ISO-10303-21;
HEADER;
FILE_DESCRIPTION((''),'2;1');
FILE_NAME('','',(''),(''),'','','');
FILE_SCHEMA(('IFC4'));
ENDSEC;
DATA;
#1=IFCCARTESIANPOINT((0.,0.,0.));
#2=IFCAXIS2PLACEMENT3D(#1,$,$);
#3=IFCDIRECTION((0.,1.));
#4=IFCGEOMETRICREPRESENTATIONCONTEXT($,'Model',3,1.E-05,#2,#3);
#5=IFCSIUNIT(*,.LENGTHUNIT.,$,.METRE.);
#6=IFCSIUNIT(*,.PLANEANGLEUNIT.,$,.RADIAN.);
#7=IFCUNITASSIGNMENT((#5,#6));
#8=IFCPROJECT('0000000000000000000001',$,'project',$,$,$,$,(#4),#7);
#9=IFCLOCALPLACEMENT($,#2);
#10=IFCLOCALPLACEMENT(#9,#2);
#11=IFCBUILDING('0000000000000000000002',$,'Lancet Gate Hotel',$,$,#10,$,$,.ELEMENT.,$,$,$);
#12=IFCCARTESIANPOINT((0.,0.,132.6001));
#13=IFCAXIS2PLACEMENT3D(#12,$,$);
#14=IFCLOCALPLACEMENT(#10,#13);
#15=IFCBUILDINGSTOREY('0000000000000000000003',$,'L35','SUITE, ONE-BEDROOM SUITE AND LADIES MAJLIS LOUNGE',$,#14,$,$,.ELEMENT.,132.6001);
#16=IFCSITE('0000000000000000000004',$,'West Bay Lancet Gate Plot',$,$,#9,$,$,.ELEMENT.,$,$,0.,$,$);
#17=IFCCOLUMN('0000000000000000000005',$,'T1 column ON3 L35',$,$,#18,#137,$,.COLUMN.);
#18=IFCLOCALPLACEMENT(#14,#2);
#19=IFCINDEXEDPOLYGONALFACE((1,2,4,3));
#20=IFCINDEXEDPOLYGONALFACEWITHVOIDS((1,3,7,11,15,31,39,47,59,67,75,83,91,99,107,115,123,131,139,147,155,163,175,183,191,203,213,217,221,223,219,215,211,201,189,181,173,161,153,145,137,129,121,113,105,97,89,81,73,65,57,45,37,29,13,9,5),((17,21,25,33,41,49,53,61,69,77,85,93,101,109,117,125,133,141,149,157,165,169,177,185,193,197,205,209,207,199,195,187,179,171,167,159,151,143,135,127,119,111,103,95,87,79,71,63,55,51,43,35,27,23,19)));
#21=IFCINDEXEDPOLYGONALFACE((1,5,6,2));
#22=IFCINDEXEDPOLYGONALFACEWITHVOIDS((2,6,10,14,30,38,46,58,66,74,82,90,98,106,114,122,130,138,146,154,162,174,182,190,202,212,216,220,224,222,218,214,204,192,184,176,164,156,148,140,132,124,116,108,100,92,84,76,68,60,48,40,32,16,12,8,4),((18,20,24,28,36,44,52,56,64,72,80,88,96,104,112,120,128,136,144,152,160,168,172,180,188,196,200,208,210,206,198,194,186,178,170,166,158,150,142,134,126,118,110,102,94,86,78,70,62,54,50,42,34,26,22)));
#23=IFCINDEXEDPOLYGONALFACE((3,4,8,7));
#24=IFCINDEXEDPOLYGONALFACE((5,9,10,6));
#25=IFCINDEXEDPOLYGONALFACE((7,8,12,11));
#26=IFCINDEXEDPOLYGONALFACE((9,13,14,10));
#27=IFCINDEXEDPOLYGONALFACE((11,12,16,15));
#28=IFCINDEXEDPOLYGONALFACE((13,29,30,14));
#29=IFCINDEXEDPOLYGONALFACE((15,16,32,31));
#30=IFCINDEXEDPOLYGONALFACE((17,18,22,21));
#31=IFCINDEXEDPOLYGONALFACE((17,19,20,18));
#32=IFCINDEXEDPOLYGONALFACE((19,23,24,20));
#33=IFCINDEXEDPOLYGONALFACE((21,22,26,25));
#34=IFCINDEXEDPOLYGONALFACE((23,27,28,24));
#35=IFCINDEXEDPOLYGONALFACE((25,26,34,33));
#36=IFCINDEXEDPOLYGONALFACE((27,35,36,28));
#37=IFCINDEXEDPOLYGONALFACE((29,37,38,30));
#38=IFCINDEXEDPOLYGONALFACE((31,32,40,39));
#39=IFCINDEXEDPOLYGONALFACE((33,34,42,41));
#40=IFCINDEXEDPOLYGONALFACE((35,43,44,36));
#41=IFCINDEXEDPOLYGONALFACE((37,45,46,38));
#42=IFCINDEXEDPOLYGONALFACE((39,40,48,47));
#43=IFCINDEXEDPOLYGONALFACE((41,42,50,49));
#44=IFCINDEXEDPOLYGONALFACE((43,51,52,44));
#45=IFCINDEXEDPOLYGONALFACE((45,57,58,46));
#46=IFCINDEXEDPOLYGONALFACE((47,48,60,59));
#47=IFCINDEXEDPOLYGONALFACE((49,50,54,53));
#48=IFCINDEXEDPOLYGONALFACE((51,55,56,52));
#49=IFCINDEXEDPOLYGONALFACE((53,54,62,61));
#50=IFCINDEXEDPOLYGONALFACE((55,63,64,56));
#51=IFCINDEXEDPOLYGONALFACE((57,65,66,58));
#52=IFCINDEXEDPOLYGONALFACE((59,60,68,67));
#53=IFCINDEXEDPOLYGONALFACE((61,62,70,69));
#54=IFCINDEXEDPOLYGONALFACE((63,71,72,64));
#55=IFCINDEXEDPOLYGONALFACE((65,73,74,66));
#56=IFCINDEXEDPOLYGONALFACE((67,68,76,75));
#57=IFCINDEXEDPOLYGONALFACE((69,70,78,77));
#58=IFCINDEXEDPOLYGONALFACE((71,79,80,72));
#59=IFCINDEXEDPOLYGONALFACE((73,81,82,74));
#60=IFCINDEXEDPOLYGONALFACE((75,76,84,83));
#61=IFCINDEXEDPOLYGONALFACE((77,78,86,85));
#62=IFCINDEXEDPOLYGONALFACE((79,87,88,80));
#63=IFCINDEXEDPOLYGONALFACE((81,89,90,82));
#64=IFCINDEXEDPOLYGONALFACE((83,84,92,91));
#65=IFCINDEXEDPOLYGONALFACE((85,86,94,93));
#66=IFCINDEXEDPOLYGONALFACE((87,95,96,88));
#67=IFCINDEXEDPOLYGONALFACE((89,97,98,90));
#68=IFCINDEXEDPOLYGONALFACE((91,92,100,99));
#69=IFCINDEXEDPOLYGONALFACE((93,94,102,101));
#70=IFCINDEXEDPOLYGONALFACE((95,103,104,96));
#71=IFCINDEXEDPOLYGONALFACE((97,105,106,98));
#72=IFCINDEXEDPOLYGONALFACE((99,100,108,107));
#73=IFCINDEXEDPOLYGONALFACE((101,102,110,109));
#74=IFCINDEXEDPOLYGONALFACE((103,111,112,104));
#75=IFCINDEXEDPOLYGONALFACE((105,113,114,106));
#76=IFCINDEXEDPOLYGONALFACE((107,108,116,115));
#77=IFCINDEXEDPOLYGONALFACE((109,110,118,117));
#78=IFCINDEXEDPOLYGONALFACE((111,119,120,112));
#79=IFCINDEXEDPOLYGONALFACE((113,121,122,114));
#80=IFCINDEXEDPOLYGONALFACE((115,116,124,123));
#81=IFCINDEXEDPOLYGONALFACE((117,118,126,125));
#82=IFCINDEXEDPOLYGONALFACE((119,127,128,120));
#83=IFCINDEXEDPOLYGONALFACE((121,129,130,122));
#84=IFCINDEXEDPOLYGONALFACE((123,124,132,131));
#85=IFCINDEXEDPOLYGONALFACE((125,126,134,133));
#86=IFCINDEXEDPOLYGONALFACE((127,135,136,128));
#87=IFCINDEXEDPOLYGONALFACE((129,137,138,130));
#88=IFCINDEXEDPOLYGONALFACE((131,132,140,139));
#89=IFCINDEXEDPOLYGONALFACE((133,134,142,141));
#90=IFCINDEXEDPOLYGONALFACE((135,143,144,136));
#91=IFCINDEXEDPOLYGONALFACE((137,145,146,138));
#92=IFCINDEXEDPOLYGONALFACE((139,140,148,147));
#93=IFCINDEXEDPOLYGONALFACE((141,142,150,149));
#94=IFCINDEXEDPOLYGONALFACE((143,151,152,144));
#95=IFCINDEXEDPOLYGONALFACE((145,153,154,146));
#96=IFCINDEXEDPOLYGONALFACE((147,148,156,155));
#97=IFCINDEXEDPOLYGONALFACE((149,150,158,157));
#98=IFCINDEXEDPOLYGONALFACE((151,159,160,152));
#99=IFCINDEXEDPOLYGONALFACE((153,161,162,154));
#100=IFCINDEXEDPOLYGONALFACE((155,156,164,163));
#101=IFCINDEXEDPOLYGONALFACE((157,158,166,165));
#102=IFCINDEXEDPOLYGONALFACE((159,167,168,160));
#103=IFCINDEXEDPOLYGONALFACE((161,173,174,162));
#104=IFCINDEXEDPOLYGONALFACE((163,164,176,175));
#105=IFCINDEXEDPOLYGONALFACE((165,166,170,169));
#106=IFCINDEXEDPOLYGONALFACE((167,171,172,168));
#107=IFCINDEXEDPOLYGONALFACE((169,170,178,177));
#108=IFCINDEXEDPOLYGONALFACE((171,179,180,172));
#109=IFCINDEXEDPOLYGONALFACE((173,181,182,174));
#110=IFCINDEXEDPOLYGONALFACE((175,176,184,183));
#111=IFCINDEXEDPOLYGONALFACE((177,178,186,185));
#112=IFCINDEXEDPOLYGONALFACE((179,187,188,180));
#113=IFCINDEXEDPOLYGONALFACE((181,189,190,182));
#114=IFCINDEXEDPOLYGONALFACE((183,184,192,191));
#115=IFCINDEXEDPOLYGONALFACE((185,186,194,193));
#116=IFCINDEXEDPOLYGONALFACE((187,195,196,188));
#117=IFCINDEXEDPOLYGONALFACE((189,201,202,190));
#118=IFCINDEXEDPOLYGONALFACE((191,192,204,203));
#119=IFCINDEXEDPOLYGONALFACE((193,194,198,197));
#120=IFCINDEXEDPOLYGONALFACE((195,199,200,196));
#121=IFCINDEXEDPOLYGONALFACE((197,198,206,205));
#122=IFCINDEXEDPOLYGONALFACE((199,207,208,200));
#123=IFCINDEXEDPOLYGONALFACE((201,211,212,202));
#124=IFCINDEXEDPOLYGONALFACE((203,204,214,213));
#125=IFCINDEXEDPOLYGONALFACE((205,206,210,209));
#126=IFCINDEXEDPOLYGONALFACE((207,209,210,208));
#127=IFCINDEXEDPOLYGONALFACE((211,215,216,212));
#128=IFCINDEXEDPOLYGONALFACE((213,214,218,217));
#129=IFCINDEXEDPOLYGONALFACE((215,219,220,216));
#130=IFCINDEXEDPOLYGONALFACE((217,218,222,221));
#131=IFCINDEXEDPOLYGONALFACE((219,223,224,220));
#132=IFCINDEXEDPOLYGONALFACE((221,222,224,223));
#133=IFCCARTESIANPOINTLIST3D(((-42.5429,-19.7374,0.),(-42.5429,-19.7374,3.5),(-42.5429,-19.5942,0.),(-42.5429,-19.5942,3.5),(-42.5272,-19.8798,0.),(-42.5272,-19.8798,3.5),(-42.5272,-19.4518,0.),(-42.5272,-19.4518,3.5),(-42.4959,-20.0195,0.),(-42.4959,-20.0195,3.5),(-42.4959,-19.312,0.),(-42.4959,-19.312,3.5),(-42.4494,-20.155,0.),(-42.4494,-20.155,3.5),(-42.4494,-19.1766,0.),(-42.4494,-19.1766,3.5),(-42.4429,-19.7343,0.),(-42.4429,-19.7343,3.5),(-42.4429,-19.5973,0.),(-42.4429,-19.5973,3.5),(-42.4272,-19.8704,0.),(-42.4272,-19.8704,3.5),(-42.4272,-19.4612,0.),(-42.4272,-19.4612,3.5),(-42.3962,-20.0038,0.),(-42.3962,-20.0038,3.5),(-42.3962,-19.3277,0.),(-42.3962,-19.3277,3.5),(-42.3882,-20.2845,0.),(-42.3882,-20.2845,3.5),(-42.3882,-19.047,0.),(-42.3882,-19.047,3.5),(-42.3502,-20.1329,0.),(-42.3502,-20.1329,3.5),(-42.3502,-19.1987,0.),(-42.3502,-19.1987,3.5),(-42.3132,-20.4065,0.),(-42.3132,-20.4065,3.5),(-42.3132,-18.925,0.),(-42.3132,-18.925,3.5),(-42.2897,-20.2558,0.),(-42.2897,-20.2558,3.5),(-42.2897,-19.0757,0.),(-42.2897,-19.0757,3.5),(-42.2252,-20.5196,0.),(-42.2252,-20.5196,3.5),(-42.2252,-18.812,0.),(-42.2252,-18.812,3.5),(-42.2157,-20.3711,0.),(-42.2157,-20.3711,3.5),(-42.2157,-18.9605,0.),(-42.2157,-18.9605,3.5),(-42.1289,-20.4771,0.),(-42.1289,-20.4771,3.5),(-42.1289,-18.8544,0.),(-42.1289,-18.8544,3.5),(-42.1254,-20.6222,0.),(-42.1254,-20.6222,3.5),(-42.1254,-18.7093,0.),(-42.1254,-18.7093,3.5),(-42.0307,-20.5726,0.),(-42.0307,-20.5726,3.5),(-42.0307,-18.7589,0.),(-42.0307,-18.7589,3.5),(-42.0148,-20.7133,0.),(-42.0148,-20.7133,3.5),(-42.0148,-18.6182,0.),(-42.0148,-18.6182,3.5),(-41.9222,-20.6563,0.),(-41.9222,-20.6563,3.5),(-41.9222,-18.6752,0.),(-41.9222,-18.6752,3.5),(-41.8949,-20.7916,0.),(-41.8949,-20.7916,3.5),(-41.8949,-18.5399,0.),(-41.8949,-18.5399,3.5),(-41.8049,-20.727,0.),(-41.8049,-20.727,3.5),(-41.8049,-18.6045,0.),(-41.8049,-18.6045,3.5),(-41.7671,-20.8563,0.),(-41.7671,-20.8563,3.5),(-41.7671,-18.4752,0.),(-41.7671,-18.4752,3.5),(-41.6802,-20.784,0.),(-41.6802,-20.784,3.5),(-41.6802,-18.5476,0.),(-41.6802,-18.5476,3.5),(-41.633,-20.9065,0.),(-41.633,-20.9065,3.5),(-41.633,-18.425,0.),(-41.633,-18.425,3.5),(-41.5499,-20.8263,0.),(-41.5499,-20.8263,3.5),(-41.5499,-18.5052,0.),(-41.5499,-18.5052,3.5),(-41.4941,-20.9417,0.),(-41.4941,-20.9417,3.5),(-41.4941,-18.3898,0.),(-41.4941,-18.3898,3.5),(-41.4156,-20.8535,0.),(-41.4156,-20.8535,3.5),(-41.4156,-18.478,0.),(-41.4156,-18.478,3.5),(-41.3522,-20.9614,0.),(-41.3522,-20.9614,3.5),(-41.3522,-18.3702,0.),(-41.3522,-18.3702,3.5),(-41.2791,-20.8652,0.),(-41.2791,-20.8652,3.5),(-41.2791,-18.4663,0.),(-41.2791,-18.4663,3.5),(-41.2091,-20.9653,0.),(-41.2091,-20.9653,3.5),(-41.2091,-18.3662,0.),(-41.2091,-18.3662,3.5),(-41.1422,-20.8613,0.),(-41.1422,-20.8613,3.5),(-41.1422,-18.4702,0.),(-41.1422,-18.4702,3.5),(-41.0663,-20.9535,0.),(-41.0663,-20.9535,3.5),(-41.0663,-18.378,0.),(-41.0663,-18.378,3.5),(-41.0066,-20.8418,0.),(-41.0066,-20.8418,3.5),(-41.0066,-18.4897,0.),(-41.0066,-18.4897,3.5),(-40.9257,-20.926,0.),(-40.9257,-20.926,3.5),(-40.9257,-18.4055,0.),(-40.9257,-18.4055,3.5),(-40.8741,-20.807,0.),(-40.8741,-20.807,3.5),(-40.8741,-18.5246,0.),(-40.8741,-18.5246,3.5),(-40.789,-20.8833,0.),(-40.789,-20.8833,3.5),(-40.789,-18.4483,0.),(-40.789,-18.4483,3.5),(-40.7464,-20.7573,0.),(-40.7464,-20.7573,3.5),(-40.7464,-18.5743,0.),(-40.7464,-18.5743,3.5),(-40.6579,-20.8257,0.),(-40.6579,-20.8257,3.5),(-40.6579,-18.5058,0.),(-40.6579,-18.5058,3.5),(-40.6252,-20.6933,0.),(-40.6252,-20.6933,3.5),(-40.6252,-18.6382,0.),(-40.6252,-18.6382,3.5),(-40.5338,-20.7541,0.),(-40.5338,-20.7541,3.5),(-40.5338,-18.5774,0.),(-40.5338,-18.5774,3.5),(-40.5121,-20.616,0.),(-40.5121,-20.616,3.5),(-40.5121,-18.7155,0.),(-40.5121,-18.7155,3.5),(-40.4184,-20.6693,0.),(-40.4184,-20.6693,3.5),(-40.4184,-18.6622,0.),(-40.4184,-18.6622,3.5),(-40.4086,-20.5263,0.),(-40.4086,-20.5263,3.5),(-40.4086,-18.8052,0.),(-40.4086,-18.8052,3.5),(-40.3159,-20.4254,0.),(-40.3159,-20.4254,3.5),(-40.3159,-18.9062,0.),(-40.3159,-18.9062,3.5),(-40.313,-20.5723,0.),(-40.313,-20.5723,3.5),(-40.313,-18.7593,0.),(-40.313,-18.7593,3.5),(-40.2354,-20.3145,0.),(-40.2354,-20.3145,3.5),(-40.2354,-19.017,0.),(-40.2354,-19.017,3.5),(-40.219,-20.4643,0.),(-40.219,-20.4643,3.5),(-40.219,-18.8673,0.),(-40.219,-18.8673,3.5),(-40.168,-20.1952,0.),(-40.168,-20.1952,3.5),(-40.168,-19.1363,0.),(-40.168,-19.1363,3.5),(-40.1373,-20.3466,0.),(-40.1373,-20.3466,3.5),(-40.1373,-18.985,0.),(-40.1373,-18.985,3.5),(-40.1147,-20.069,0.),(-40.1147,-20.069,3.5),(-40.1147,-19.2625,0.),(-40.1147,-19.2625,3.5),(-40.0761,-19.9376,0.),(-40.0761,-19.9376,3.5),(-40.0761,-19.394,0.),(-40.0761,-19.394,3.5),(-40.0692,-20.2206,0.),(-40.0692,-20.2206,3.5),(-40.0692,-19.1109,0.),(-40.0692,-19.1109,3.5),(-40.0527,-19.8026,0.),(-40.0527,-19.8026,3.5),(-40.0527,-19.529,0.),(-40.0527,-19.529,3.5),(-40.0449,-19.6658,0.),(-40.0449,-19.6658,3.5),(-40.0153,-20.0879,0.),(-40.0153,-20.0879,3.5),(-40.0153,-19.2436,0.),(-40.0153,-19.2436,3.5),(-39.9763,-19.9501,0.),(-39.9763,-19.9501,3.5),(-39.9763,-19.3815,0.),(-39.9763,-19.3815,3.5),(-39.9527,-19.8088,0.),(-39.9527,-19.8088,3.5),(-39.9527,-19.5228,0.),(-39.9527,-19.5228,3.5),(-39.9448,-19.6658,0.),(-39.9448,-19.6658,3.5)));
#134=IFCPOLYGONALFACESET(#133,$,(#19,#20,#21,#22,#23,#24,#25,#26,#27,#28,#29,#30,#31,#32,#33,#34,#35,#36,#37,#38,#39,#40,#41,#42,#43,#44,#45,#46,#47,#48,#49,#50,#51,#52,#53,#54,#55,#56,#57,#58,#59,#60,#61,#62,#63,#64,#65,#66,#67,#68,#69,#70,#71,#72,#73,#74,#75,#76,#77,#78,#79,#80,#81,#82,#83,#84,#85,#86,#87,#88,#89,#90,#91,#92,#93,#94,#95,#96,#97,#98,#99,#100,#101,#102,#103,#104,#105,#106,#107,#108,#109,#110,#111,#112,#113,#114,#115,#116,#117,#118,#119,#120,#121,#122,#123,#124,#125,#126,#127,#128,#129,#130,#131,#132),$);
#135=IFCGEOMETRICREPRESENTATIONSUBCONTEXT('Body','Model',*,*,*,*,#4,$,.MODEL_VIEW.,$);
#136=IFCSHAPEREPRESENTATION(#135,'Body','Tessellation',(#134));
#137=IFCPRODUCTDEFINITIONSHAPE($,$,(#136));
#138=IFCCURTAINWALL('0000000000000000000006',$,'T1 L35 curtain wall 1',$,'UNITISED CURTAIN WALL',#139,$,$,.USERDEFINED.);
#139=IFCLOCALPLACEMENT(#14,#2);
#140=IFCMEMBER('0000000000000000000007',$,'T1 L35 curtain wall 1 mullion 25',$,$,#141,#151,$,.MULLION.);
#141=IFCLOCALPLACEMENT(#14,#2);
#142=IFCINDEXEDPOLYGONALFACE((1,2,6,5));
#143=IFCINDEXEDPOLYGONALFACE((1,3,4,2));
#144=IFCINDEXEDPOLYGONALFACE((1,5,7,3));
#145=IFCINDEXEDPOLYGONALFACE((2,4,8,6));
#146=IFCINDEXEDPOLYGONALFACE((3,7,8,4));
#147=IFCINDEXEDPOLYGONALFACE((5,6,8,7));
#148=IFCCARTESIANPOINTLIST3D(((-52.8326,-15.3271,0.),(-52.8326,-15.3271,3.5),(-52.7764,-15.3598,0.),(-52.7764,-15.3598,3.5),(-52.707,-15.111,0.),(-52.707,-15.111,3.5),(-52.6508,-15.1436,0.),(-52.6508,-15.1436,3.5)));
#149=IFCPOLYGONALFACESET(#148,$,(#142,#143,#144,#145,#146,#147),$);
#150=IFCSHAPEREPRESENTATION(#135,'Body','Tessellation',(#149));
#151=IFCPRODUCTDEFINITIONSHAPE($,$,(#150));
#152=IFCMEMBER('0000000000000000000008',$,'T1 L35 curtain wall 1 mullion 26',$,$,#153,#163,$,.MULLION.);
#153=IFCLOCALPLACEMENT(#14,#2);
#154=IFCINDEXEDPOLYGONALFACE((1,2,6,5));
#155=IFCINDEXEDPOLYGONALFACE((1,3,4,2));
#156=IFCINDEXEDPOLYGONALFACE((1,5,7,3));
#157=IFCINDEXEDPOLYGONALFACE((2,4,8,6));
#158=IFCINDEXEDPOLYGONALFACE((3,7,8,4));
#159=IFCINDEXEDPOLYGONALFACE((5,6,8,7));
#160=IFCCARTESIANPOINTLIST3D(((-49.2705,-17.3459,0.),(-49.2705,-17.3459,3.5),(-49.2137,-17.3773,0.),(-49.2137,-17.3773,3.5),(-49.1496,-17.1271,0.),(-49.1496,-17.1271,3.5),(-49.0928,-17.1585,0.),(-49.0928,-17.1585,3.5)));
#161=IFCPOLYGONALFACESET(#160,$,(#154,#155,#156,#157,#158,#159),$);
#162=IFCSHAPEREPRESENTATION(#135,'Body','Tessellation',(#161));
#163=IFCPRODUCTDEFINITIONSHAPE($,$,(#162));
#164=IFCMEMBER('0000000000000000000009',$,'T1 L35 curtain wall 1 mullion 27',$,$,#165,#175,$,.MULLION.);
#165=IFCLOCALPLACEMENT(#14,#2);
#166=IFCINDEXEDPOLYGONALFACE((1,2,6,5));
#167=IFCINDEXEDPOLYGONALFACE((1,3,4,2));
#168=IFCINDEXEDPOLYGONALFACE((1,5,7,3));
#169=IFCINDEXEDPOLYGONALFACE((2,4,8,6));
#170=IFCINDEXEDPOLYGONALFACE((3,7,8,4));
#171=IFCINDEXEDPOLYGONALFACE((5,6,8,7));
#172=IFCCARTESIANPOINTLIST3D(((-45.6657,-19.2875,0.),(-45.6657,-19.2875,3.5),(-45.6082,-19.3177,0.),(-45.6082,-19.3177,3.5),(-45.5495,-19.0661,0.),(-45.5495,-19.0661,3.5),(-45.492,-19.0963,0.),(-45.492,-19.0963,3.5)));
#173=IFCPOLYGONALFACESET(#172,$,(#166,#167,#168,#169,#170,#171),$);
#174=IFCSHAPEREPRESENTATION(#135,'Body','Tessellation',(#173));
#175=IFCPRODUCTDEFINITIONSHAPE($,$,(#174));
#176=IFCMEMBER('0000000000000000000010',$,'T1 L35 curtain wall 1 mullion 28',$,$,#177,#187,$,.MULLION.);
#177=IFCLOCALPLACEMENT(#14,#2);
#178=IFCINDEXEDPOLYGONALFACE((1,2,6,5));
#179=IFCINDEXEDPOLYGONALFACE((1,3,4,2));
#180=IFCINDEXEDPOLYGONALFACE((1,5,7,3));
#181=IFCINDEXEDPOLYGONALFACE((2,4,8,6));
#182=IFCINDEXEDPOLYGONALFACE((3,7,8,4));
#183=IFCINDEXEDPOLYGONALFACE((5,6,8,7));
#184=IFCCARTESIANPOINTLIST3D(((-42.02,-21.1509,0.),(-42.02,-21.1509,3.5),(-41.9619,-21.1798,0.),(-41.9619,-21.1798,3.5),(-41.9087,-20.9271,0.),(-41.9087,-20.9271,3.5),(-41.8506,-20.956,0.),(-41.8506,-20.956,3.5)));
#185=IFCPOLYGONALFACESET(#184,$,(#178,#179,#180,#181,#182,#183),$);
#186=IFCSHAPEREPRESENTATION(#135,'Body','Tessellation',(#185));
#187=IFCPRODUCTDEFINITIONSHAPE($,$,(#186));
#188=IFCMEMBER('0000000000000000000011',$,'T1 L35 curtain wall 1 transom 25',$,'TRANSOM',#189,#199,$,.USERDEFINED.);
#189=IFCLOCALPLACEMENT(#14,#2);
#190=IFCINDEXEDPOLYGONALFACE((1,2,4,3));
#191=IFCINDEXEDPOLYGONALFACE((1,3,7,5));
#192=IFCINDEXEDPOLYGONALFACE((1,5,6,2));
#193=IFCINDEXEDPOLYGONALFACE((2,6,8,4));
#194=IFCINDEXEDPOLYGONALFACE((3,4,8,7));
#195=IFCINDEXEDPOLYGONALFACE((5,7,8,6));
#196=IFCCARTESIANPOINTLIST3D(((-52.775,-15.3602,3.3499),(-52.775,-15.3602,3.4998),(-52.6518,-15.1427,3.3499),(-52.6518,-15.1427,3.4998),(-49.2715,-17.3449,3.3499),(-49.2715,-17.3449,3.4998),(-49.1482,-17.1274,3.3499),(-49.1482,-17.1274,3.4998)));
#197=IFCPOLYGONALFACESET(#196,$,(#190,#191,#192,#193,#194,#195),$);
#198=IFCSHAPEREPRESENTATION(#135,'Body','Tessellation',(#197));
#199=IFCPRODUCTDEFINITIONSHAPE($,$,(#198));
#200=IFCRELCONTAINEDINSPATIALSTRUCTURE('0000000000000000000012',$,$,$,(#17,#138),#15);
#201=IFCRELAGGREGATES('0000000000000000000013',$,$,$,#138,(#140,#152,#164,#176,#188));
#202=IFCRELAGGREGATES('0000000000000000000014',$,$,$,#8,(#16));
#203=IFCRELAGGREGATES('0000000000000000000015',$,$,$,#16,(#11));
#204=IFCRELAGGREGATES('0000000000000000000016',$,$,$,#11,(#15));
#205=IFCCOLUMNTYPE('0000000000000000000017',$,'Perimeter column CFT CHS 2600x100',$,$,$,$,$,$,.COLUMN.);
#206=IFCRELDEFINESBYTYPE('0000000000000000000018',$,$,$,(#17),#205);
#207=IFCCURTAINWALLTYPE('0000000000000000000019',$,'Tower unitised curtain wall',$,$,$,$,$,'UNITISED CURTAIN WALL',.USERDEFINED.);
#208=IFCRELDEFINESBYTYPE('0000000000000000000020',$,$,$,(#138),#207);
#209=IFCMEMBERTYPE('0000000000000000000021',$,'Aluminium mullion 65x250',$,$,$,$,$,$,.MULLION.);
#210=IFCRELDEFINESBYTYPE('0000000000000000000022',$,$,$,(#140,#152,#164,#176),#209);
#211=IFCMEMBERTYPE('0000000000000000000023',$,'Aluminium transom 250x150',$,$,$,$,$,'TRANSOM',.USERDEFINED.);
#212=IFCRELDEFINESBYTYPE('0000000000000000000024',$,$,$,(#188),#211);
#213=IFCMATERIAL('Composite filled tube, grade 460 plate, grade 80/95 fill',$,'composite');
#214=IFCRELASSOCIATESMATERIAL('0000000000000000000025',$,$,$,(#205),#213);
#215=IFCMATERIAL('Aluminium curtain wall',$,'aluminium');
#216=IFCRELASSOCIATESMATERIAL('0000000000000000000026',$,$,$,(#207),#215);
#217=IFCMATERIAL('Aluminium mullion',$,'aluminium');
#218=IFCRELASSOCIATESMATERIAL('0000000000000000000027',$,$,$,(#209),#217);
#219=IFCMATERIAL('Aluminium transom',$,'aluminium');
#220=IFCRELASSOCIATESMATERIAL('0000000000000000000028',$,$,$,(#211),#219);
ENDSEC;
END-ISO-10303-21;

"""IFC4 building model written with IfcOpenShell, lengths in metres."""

from ifc_helpers import new_model, si_unit, direction, frame, origin, origin_2d, place, context, subcontext, project, spatial, rectangle, hollow_circle, extrude, material, material_profile, profile_set, type_object, element, aggregate, save


model = new_model("IFC4")

# Units and contexts
model_context = context("Model", 3, precision=1e-05, world=origin(), true_north=direction((0.0, 1.0)))
body_context = subcontext(model_context, "Body", "Model", "MODEL_VIEW")
ifc_project = project(units=[si_unit("LENGTHUNIT", "METRE"), si_unit("PLANEANGLEUNIT", "RADIAN")], contexts=[model_context])

# Site, building, storey
site_placement = place(None, origin())
site = spatial("IfcSite", under=ifc_project, at=site_placement, Name="West Bay Lancet Gate Plot", CompositionType="ELEMENT", RefElevation=0.0)
building_placement = place(site_placement, origin())
building = spatial("IfcBuilding", under=site, at=building_placement, Name="Lancet Gate Hotel", CompositionType="ELEMENT")
storey_placement = place(building_placement, frame((0.0, 0.0, 132.6001)))
storey = spatial("IfcBuildingStorey", under=building, at=storey_placement, Name="L35", Description="SUITE, ONE-BEDROOM SUITE AND LADIES MAJLIS LOUNGE", CompositionType="ELEMENT", Elevation=132.6001)

# Column
ifc_material_1 = material(Name="Composite filled tube, grade 460 plate, grade 80/95 fill", Category="composite")
ifc_material_profile_1 = material_profile(ifc_material_1, hollow_circle(Radius=1.3, WallThickness=0.1001, at=origin_2d()), Name="CHS 2600x100")
ifc_profile_set_1 = profile_set([ifc_material_profile_1], Name="Composite filled tube, grade 460 plate, grade 80/95 fill")
column_type = type_object("IfcColumnType", Name="Perimeter column CFT CHS 2600x100", PredefinedType="COLUMN", material=ifc_profile_set_1)
for number, where, z_axis, x_axis, name in (
    (1, (-41.2449, -19.6658, 0.0), (0.0, 0.0, 1.0), (1.0, 0.0, 0.0), "T1 column ON3 L35"),
):
    element("IfcColumn", number, at=place(storey_placement, frame(where, z_axis=z_axis, x_axis=x_axis)), inside=storey, type_object=column_type, Name=name, PredefinedType="COLUMN", context=body_context, shape_type="SweptSolid", body=[
        extrude(hollow_circle(Radius=1.3, WallThickness=0.1001, at=origin_2d()), origin(), (0.0, 0.0, 1.0), 3.5),
    ])

# Curtain wall, members
ifc_material_2 = material(Name="Aluminium curtain wall", Category="aluminium")
curtain_wall_type = type_object("IfcCurtainWallType", Name="Tower unitised curtain wall", ElementType="UNITISED CURTAIN WALL", PredefinedType="USERDEFINED", material=ifc_material_2)
curtain_wall_placement = place(storey_placement, origin())
curtain_wall = element("IfcCurtainWall", 2, at=curtain_wall_placement, inside=storey, type_object=curtain_wall_type, Name="T1 L35 curtain wall 1", ObjectType="UNITISED CURTAIN WALL", PredefinedType="USERDEFINED")
ifc_material_3 = material(Name="Aluminium mullion", Category="aluminium")
ifc_material_profile_2 = material_profile(ifc_material_3, rectangle(XDim=0.0649, YDim=0.25, at=origin_2d()), Name="MULLION 65x250")
ifc_profile_set_2 = profile_set([ifc_material_profile_2], Name="Aluminium mullion")
member_type_1 = type_object("IfcMemberType", Name="Aluminium mullion 65x250", PredefinedType="MULLION", material=ifc_profile_set_2)
member_1_placement = place(storey_placement, frame((-52.7417, -15.2354, 0.0), z_axis=(0.0, 0.0, 1.0), x_axis=(0.864728, -0.502241, 0.0)))
member_1 = element("IfcMember", 3, at=member_1_placement, type_object=member_type_1, Name="T1 L35 curtain wall 1 mullion 25", PredefinedType="MULLION", context=body_context, shape_type="SweptSolid", body=[
    extrude(rectangle(XDim=0.0649, YDim=0.25, at=origin_2d()), origin(), (0.0, 0.0, 1.0), 3.5),
])
member_2_placement = place(storey_placement, frame((-49.1816, -17.2522, 0.0), z_axis=(0.0, 0.0, 1.0), x_axis=(0.875339, -0.48351, 0.0)))
member_2 = element("IfcMember", 4, at=member_2_placement, type_object=member_type_1, Name="T1 L35 curtain wall 1 mullion 26", PredefinedType="MULLION", context=body_context, shape_type="SweptSolid", body=[
    extrude(rectangle(XDim=0.0649, YDim=0.25, at=origin_2d()), origin(), (0.0, 0.0, 1.0), 3.5),
])
member_3_placement = place(storey_placement, frame((-45.5789, -19.1919, 0.0), z_axis=(0.0, 0.0, 1.0), x_axis=(0.885544, -0.464555, 0.0)))
member_3 = element("IfcMember", 5, at=member_3_placement, type_object=member_type_1, Name="T1 L35 curtain wall 1 mullion 27", PredefinedType="MULLION", context=body_context, shape_type="SweptSolid", body=[
    extrude(rectangle(XDim=0.0649, YDim=0.25, at=origin_2d()), origin(), (0.0, 0.0, 1.0), 3.5),
])
member_4_placement = place(storey_placement, frame((-41.9353, -21.0535, 0.0), z_axis=(0.0, 0.0, 1.0), x_axis=(0.895339, -0.445384, 0.0)))
member_4 = element("IfcMember", 6, at=member_4_placement, type_object=member_type_1, Name="T1 L35 curtain wall 1 mullion 28", PredefinedType="MULLION", context=body_context, shape_type="SweptSolid", body=[
    extrude(rectangle(XDim=0.0649, YDim=0.25, at=origin_2d()), origin(), (0.0, 0.0, 1.0), 3.5),
])
ifc_material_4 = material(Name="Aluminium transom", Category="aluminium")
ifc_material_profile_3 = material_profile(ifc_material_4, rectangle(XDim=0.25, YDim=0.1499, at=origin_2d()), Name="TRANSOM 250x150")
ifc_profile_set_3 = profile_set([ifc_material_profile_3], Name="Aluminium transom")
member_type_2 = type_object("IfcMemberType", Name="Aluminium transom 250x150", ElementType="TRANSOM", PredefinedType="USERDEFINED", material=ifc_profile_set_3)
member_5_placement = place(storey_placement, frame((-52.7134, -15.2515, 3.4248), z_axis=(0.870092, -0.49289, 0.0), x_axis=(0.49289, 0.870092, 0.0)))
member_5 = element("IfcMember", 7, at=member_5_placement, type_object=member_type_2, Name="T1 L35 curtain wall 1 transom 25", ObjectType="TRANSOM", PredefinedType="USERDEFINED", context=body_context, shape_type="SweptSolid", body=[
    extrude(rectangle(XDim=0.25, YDim=0.1499, at=origin_2d()), origin(), (0.0, 0.0, 1.0), 4.0266),
])

aggregate(curtain_wall, [member_1, member_2, member_3, member_4, member_5])

save(model, "model.ifc")
